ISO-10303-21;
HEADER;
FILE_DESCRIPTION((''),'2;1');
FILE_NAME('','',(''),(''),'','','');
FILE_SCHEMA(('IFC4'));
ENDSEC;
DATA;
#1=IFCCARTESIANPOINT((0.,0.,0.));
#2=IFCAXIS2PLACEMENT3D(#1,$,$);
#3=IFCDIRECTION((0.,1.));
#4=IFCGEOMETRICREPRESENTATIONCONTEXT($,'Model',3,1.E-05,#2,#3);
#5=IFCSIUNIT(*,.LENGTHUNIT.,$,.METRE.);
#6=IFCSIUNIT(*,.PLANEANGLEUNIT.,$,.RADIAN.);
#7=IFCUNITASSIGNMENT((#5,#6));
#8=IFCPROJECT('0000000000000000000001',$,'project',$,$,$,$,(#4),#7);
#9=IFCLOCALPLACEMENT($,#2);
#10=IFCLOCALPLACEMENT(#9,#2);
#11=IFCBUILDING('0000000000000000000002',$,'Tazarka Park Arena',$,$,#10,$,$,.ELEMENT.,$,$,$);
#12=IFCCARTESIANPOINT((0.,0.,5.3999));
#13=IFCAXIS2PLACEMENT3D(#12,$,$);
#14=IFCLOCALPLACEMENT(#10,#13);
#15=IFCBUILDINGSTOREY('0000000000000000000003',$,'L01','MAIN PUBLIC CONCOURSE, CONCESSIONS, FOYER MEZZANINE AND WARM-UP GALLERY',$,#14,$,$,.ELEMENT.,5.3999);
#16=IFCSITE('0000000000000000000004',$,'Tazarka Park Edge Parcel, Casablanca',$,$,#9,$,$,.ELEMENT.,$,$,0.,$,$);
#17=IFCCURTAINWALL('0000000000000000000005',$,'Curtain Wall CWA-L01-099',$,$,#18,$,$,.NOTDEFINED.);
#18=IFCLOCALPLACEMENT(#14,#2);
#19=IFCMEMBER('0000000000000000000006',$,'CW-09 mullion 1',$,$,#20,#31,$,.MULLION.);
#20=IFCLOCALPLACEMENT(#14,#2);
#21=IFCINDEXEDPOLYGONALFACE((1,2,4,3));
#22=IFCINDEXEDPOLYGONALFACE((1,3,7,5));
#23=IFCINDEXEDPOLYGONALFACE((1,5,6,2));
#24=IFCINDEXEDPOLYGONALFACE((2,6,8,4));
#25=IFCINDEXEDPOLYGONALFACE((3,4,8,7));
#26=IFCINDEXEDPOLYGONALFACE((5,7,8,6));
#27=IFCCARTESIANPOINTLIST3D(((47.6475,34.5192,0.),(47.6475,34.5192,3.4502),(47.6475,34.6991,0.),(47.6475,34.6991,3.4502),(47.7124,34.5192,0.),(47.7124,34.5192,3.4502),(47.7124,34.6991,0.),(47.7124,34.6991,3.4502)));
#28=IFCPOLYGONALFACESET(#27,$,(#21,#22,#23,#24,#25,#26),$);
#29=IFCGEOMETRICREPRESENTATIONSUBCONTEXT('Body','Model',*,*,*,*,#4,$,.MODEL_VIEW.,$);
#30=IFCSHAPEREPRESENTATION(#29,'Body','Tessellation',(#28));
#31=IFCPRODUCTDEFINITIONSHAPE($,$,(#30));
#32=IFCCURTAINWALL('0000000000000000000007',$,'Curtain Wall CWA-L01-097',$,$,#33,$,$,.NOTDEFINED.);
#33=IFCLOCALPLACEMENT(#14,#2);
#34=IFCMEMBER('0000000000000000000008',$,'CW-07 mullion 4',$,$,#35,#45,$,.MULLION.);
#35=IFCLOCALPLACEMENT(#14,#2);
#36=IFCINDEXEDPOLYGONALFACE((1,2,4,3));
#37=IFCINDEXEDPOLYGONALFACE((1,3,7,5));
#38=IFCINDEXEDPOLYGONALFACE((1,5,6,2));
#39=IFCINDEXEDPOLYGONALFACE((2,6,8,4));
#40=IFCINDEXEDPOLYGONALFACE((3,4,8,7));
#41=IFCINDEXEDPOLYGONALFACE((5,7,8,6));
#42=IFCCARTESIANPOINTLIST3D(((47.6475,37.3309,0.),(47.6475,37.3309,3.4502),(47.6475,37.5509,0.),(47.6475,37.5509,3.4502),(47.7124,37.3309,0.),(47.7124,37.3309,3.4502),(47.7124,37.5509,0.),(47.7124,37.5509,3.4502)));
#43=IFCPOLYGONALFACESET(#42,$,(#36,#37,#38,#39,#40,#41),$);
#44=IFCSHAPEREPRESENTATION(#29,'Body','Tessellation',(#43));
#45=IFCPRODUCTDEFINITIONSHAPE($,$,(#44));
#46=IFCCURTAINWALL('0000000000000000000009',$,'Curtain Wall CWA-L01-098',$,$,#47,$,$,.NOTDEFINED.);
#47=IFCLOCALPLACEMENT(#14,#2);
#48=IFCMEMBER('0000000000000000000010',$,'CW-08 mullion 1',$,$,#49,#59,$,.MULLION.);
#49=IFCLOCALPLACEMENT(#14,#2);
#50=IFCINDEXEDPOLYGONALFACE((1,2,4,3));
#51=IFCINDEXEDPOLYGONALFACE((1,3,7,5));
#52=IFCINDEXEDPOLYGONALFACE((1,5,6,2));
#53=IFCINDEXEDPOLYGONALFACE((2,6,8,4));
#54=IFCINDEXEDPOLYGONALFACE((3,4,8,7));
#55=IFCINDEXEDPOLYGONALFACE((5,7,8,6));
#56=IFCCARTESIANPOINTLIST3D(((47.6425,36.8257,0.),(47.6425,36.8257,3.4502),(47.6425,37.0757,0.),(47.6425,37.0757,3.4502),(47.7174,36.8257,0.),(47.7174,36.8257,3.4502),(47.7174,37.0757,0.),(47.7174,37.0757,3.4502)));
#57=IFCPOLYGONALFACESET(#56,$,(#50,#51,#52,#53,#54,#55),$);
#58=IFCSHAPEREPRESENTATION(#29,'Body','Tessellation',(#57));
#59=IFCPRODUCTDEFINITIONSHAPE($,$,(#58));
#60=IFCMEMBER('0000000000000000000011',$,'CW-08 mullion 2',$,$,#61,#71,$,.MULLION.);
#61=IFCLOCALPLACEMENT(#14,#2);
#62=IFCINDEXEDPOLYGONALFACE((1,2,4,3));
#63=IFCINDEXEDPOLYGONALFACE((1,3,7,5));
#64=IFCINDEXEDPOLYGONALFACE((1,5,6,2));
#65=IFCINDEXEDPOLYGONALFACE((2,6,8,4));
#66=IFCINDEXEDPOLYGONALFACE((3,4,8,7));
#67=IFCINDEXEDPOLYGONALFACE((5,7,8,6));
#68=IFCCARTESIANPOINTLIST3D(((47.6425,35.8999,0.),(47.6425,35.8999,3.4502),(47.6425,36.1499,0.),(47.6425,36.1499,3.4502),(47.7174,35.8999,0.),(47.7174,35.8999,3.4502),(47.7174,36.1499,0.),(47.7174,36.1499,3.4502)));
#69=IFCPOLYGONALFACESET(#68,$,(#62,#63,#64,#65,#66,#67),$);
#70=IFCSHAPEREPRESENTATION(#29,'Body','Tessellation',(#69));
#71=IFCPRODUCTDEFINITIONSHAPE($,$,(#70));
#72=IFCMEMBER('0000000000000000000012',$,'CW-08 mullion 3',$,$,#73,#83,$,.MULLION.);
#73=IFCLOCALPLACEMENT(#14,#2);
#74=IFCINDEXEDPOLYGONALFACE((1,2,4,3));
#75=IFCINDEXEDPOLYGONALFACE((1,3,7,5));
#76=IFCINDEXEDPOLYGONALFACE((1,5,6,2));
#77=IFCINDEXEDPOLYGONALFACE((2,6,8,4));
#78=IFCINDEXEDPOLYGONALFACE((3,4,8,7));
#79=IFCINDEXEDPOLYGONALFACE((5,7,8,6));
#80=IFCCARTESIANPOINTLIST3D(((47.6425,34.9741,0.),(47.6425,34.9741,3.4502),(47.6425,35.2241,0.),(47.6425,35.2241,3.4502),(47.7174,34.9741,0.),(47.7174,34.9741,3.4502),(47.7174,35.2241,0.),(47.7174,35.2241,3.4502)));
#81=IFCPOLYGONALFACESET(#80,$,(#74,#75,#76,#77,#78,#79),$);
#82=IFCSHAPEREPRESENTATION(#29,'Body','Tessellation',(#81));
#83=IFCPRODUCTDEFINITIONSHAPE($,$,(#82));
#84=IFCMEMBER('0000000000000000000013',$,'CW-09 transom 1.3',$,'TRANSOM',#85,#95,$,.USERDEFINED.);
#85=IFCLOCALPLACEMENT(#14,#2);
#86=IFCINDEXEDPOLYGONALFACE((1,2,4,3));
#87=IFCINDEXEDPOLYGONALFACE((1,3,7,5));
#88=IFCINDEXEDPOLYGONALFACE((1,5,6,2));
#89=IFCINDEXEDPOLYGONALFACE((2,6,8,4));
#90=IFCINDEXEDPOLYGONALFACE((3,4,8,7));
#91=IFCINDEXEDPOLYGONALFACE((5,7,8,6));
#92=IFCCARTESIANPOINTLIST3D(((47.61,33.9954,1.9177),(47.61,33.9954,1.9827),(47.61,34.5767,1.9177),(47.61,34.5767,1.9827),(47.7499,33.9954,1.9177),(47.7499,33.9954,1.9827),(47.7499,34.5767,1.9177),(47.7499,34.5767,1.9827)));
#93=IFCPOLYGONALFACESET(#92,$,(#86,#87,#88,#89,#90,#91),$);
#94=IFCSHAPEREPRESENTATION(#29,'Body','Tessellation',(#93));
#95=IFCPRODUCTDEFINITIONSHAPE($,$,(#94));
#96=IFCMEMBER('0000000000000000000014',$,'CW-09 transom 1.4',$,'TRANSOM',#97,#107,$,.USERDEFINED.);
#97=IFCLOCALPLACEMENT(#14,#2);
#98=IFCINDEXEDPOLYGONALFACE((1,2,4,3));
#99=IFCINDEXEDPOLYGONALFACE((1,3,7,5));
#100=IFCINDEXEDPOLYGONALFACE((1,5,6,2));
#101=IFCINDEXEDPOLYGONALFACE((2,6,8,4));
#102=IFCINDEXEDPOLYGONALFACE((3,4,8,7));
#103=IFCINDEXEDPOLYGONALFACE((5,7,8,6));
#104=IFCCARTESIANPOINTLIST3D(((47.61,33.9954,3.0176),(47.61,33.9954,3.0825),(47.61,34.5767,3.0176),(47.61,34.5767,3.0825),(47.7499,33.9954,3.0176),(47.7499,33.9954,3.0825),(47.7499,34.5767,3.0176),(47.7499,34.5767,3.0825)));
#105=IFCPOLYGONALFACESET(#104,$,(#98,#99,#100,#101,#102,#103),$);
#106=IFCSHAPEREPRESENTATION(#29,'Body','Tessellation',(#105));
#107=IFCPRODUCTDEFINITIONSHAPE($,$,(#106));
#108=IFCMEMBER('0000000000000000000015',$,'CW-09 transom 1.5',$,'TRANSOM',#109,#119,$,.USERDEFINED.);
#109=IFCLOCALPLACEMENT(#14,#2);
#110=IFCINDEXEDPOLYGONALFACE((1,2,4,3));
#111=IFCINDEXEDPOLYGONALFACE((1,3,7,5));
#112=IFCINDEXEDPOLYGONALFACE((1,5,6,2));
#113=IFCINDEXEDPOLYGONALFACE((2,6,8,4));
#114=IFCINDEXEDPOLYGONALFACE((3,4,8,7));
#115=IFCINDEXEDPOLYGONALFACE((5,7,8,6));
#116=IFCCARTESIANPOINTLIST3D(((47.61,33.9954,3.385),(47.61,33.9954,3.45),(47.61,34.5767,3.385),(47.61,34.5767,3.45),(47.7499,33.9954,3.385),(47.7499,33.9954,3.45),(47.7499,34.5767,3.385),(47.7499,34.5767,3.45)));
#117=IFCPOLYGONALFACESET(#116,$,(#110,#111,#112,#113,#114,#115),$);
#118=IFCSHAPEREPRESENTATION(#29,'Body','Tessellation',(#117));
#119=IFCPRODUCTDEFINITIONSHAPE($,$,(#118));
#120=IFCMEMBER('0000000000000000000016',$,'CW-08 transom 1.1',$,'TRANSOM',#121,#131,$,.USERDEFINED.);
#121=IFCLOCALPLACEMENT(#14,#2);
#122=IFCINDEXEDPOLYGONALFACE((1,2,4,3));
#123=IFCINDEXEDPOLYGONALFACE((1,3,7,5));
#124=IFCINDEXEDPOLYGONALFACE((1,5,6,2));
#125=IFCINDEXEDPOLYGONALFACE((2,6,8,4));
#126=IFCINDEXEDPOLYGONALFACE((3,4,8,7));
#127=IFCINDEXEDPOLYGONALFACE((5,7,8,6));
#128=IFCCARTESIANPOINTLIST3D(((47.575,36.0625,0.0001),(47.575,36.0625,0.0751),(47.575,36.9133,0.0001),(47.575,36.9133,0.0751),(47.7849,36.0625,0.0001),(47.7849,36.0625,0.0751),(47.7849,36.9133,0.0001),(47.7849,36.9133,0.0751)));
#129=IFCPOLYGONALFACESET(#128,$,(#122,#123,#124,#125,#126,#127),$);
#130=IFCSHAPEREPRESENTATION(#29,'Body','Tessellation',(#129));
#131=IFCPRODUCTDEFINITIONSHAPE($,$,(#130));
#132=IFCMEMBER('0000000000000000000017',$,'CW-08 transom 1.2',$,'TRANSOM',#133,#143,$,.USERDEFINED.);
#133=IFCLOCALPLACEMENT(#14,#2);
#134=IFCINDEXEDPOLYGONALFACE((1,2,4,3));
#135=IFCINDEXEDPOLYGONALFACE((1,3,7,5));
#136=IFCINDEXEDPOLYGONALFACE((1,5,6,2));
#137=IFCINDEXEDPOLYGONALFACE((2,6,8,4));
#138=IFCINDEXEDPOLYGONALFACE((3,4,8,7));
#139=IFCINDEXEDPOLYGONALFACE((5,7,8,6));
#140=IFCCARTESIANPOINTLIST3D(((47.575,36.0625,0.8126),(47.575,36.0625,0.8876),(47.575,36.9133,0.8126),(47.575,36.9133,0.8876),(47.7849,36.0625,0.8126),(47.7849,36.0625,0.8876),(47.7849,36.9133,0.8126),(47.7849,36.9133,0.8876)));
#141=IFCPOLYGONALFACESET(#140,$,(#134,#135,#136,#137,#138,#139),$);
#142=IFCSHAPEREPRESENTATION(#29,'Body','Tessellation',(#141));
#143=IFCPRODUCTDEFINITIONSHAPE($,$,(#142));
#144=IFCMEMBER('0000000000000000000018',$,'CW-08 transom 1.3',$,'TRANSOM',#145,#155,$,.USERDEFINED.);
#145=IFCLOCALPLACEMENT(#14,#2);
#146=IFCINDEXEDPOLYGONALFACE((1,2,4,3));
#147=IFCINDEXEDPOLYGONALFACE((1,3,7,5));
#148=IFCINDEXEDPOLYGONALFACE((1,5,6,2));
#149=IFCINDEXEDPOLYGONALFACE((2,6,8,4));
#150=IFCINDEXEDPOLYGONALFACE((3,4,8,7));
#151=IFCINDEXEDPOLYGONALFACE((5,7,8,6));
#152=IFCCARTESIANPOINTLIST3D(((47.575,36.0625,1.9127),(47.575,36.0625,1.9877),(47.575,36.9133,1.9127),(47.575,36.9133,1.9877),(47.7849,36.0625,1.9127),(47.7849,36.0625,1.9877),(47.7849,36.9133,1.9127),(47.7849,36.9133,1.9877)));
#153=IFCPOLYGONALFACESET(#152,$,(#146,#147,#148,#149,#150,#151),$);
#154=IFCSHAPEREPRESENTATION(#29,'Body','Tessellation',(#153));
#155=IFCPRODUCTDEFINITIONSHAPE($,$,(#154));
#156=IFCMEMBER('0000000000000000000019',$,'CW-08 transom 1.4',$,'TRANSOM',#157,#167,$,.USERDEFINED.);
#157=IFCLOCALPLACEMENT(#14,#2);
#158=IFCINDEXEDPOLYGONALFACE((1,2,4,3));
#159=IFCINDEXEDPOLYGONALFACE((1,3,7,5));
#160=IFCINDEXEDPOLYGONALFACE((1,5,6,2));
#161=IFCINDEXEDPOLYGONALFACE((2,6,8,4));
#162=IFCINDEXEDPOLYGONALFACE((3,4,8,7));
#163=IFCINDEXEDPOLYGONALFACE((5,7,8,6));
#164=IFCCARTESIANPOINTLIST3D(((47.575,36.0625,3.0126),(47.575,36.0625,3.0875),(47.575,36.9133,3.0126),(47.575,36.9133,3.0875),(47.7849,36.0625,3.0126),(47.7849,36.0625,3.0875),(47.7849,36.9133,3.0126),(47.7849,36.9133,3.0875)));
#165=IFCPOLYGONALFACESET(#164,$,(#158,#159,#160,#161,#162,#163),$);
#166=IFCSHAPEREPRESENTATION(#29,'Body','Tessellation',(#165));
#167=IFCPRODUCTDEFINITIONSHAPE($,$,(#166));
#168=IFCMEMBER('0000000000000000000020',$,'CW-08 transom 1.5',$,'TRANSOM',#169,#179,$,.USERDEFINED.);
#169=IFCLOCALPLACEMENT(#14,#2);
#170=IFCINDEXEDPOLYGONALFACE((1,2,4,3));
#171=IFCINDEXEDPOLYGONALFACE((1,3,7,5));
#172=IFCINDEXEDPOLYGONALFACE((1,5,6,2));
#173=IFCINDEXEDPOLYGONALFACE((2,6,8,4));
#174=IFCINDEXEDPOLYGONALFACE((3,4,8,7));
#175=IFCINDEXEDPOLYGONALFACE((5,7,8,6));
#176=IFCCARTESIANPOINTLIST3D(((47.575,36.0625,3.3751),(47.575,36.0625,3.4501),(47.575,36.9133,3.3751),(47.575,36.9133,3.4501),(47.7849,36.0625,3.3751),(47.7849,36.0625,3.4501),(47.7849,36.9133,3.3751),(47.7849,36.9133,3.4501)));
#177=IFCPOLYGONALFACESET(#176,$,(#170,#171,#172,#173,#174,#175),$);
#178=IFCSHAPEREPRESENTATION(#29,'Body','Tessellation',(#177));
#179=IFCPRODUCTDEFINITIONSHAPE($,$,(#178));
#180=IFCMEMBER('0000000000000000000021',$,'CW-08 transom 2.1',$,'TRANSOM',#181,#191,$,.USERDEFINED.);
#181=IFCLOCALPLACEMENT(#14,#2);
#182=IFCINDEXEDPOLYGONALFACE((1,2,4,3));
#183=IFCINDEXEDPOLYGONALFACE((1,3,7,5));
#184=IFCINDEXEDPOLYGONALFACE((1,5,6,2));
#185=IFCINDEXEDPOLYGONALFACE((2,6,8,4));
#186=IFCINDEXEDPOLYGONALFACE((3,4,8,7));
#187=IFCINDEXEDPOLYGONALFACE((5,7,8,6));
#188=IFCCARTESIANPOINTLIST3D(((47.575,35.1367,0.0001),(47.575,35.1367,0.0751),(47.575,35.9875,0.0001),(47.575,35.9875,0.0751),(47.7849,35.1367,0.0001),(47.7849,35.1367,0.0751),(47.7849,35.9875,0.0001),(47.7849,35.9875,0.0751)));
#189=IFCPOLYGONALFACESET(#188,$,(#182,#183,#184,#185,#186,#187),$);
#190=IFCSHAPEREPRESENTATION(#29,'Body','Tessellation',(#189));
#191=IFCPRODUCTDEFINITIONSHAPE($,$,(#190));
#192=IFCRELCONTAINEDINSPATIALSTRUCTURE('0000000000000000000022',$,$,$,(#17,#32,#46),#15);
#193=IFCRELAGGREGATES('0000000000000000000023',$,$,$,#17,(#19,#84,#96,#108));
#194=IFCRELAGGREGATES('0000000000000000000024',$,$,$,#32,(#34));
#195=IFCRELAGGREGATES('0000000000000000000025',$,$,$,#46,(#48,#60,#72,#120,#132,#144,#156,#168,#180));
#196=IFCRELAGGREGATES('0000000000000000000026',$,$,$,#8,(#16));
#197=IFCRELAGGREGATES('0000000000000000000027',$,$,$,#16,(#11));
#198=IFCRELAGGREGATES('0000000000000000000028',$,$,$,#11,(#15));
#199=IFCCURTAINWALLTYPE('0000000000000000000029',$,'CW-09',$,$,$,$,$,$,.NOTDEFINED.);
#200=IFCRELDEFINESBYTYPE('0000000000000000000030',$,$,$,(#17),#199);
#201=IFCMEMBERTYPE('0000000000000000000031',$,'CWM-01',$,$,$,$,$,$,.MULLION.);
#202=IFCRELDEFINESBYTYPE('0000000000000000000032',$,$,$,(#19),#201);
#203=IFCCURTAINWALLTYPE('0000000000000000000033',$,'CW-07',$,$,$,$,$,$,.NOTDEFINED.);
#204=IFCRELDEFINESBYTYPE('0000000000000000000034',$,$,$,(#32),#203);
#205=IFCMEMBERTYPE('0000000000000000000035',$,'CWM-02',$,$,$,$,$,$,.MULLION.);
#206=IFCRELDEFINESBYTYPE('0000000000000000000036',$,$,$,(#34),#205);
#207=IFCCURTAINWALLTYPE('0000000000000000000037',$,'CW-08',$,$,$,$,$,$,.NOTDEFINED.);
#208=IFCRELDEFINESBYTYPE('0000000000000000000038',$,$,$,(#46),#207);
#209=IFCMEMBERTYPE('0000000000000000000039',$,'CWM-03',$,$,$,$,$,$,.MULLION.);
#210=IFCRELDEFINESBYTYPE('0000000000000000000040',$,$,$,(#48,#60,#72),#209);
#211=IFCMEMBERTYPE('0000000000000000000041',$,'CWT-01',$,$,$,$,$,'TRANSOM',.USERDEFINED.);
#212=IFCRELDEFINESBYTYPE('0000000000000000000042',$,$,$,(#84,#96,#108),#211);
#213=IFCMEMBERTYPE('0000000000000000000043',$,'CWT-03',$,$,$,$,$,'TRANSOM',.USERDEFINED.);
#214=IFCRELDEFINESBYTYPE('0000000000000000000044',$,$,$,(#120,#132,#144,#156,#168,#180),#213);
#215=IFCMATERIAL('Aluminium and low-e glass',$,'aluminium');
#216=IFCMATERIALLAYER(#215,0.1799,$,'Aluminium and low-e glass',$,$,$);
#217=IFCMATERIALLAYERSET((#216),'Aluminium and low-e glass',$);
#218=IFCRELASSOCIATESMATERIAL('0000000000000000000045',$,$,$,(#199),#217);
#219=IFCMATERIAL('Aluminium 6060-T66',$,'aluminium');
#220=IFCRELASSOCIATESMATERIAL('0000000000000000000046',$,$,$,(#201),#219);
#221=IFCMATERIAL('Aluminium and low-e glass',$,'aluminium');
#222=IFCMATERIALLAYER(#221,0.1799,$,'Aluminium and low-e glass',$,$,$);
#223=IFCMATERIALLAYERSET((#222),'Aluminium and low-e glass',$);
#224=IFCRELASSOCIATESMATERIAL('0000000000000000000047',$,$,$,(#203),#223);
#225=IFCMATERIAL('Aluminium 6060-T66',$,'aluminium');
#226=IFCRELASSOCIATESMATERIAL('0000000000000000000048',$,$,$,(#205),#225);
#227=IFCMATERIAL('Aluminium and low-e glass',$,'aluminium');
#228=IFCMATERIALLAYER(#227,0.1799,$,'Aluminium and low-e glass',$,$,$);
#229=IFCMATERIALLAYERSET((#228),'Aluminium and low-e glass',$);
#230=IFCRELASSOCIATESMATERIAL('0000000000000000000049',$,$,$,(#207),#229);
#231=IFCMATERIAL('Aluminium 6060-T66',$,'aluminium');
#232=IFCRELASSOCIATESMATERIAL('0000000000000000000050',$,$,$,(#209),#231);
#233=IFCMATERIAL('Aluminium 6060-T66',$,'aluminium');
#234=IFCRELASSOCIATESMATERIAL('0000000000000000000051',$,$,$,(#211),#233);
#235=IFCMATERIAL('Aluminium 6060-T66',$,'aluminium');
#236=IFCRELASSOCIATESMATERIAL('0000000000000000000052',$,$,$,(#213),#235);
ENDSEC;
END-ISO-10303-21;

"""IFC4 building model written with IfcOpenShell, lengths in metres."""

from ifc_helpers import new_model, si_unit, direction, frame, origin, origin_2d, place, context, subcontext, project, spatial, rectangle, extrude, material, layer, layer_set, material_profile, profile_set, type_object, element, aggregate, save


model = new_model("IFC4")

# Units and contexts
model_context = context("Model", 3, precision=1e-05, world=origin(), true_north=direction((0.0, 1.0)))
body_context = subcontext(model_context, "Body", "Model", "MODEL_VIEW")
ifc_project = project(units=[si_unit("LENGTHUNIT", "METRE"), si_unit("PLANEANGLEUNIT", "RADIAN")], contexts=[model_context])

# Site, building, storey
site_placement = place(None, origin())
site = spatial("IfcSite", under=ifc_project, at=site_placement, Name="Tazarka Park Edge Parcel, Casablanca", CompositionType="ELEMENT", RefElevation=0.0)
building_placement = place(site_placement, origin())
building = spatial("IfcBuilding", under=site, at=building_placement, Name="Tazarka Park Arena", CompositionType="ELEMENT")
storey_placement = place(building_placement, frame((0.0, 0.0, 5.3999)))
storey = spatial("IfcBuildingStorey", under=building, at=storey_placement, Name="L01", Description="MAIN PUBLIC CONCOURSE, CONCESSIONS, FOYER MEZZANINE AND WARM-UP GALLERY", CompositionType="ELEMENT", Elevation=5.3999)

# Curtain walls, members
ifc_material_1 = material(Name="Aluminium and low-e glass", Category="aluminium")
ifc_layer_1 = layer(ifc_material_1, 0.1799, Name="Aluminium and low-e glass")
ifc_layer_set_1 = layer_set([ifc_layer_1], Name="Aluminium and low-e glass")
curtain_wall_type_1 = type_object("IfcCurtainWallType", Name="CW-09", PredefinedType="NOTDEFINED", material=ifc_layer_set_1)
curtain_wall_1_placement = place(storey_placement, origin())
curtain_wall_1 = element("IfcCurtainWall", 1, at=curtain_wall_1_placement, inside=storey, type_object=curtain_wall_type_1, Name="Curtain Wall CWA-L01-099", PredefinedType="NOTDEFINED")
ifc_material_2 = material(Name="Aluminium 6060-T66", Category="aluminium")
ifc_material_profile_1 = material_profile(ifc_material_2, rectangle(XDim=0.0649, YDim=0.1799, at=origin_2d()), Name="Aluminium 6060-T66")
ifc_profile_set_1 = profile_set([ifc_material_profile_1], Name="Aluminium 6060-T66")
member_type_1 = type_object("IfcMemberType", Name="CWM-01", PredefinedType="MULLION", material=ifc_profile_set_1)
member_1_placement = place(storey_placement, frame((47.6799, 34.6091, 0.0), z_axis=(0.0, 0.0, 1.0), x_axis=(1.0, 0.0, 0.0)))
member_1 = element("IfcMember", 2, at=member_1_placement, type_object=member_type_1, Name="CW-09 mullion 1", PredefinedType="MULLION", context=body_context, shape_type="SweptSolid", body=[
    extrude(rectangle(XDim=0.0649, YDim=0.1799, at=origin_2d()), origin(), (0.0, 0.0, 1.0), 3.4502),
])
ifc_material_3 = material(Name="Aluminium and low-e glass", Category="aluminium")
ifc_layer_2 = layer(ifc_material_3, 0.1799, Name="Aluminium and low-e glass")
ifc_layer_set_2 = layer_set([ifc_layer_2], Name="Aluminium and low-e glass")
curtain_wall_type_2 = type_object("IfcCurtainWallType", Name="CW-07", PredefinedType="NOTDEFINED", material=ifc_layer_set_2)
curtain_wall_2_placement = place(storey_placement, origin())
curtain_wall_2 = element("IfcCurtainWall", 3, at=curtain_wall_2_placement, inside=storey, type_object=curtain_wall_type_2, Name="Curtain Wall CWA-L01-097", PredefinedType="NOTDEFINED")
ifc_material_4 = material(Name="Aluminium 6060-T66", Category="aluminium")
ifc_material_profile_2 = material_profile(ifc_material_4, rectangle(XDim=0.0649, YDim=0.22, at=origin_2d()), Name="Aluminium 6060-T66")
ifc_profile_set_2 = profile_set([ifc_material_profile_2], Name="Aluminium 6060-T66")
member_type_2 = type_object("IfcMemberType", Name="CWM-02", PredefinedType="MULLION", material=ifc_profile_set_2)
member_2_placement = place(storey_placement, frame((47.6799, 37.4409, 0.0), z_axis=(0.0, 0.0, 1.0), x_axis=(1.0, 0.0, 0.0)))
member_2 = element("IfcMember", 4, at=member_2_placement, type_object=member_type_2, Name="CW-07 mullion 4", PredefinedType="MULLION", context=body_context, shape_type="SweptSolid", body=[
    extrude(rectangle(XDim=0.0649, YDim=0.22, at=origin_2d()), origin(), (0.0, 0.0, 1.0), 3.4502),
])

# Curtain wall, members
ifc_material_5 = material(Name="Aluminium and low-e glass", Category="aluminium")
ifc_layer_3 = layer(ifc_material_5, 0.1799, Name="Aluminium and low-e glass")
ifc_layer_set_3 = layer_set([ifc_layer_3], Name="Aluminium and low-e glass")
curtain_wall_type_3 = type_object("IfcCurtainWallType", Name="CW-08", PredefinedType="NOTDEFINED", material=ifc_layer_set_3)
curtain_wall_3_placement = place(storey_placement, origin())
curtain_wall_3 = element("IfcCurtainWall", 5, at=curtain_wall_3_placement, inside=storey, type_object=curtain_wall_type_3, Name="Curtain Wall CWA-L01-098", PredefinedType="NOTDEFINED")
ifc_material_6 = material(Name="Aluminium 6060-T66", Category="aluminium")
ifc_material_profile_3 = material_profile(ifc_material_6, rectangle(XDim=0.075, YDim=0.25, at=origin_2d()), Name="Aluminium 6060-T66")
ifc_profile_set_3 = profile_set([ifc_material_profile_3], Name="Aluminium 6060-T66")
member_type_3 = type_object("IfcMemberType", Name="CWM-03", PredefinedType="MULLION", material=ifc_profile_set_3)
member_3_placement = place(storey_placement, frame((47.6799, 36.9507, 0.0), z_axis=(0.0, 0.0, 1.0), x_axis=(1.0, 0.0, 0.0)))
member_3 = element("IfcMember", 6, at=member_3_placement, type_object=member_type_3, Name="CW-08 mullion 1", PredefinedType="MULLION", context=body_context, shape_type="SweptSolid", body=[
    extrude(rectangle(XDim=0.075, YDim=0.25, at=origin_2d()), origin(), (0.0, 0.0, 1.0), 3.4502),
])
member_4_placement = place(storey_placement, frame((47.6799, 36.0249, 0.0), z_axis=(0.0, 0.0, 1.0), x_axis=(1.0, 0.0, 0.0)))
member_4 = element("IfcMember", 7, at=member_4_placement, type_object=member_type_3, Name="CW-08 mullion 2", PredefinedType="MULLION", context=body_context, shape_type="SweptSolid", body=[
    extrude(rectangle(XDim=0.075, YDim=0.25, at=origin_2d()), origin(), (0.0, 0.0, 1.0), 3.4502),
])
member_5_placement = place(storey_placement, frame((47.6799, 35.0991, 0.0), z_axis=(0.0, 0.0, 1.0), x_axis=(1.0, 0.0, 0.0)))
member_5 = element("IfcMember", 8, at=member_5_placement, type_object=member_type_3, Name="CW-08 mullion 3", PredefinedType="MULLION", context=body_context, shape_type="SweptSolid", body=[
    extrude(rectangle(XDim=0.075, YDim=0.25, at=origin_2d()), origin(), (0.0, 0.0, 1.0), 3.4502),
])

# Members
ifc_material_7 = material(Name="Aluminium 6060-T66", Category="aluminium")
ifc_material_profile_4 = material_profile(ifc_material_7, rectangle(XDim=0.1399, YDim=0.0649, at=origin_2d()), Name="Aluminium 6060-T66")
ifc_profile_set_4 = profile_set([ifc_material_profile_4], Name="Aluminium 6060-T66")
member_type_4 = type_object("IfcMemberType", Name="CWT-01", ElementType="TRANSOM", PredefinedType="USERDEFINED", material=ifc_profile_set_4)
member_6_placement = place(storey_placement, frame((47.6799, 34.5767, 1.9502), z_axis=(0.0, -1.0, 0.0), x_axis=(1.0, 0.0, 0.0)))
member_6 = element("IfcMember", 9, at=member_6_placement, type_object=member_type_4, Name="CW-09 transom 1.3", ObjectType="TRANSOM", PredefinedType="USERDEFINED", context=body_context, shape_type="SweptSolid", body=[
    extrude(rectangle(XDim=0.1399, YDim=0.0649, at=origin_2d()), origin(), (0.0, 0.0, 1.0), 0.5813),
])
member_7_placement = place(storey_placement, frame((47.6799, 34.5767, 3.05), z_axis=(0.0, -1.0, 0.0), x_axis=(1.0, 0.0, 0.0)))
member_7 = element("IfcMember", 10, at=member_7_placement, type_object=member_type_4, Name="CW-09 transom 1.4", ObjectType="TRANSOM", PredefinedType="USERDEFINED", context=body_context, shape_type="SweptSolid", body=[
    extrude(rectangle(XDim=0.1399, YDim=0.0649, at=origin_2d()), origin(), (0.0, 0.0, 1.0), 0.5813),
])
member_8_placement = place(storey_placement, frame((47.6799, 34.5767, 3.4175), z_axis=(0.0, -1.0, 0.0), x_axis=(1.0, 0.0, 0.0)))
member_8 = element("IfcMember", 11, at=member_8_placement, type_object=member_type_4, Name="CW-09 transom 1.5", ObjectType="TRANSOM", PredefinedType="USERDEFINED", context=body_context, shape_type="SweptSolid", body=[
    extrude(rectangle(XDim=0.1399, YDim=0.0649, at=origin_2d()), origin(), (0.0, 0.0, 1.0), 0.5813),
])
aggregate(curtain_wall_1, [member_1, member_6, member_7, member_8])
ifc_material_8 = material(Name="Aluminium 6060-T66", Category="aluminium")
ifc_material_profile_5 = material_profile(ifc_material_8, rectangle(XDim=0.21, YDim=0.075, at=origin_2d()), Name="Aluminium 6060-T66")
ifc_profile_set_5 = profile_set([ifc_material_profile_5], Name="Aluminium 6060-T66")
member_type_5 = type_object("IfcMemberType", Name="CWT-03", ElementType="TRANSOM", PredefinedType="USERDEFINED", material=ifc_profile_set_5)
member_9_placement = place(storey_placement, frame((47.6799, 36.9133, 0.0376), z_axis=(0.0, -1.0, 0.0), x_axis=(1.0, 0.0, 0.0)))
member_9 = element("IfcMember", 12, at=member_9_placement, type_object=member_type_5, Name="CW-08 transom 1.1", ObjectType="TRANSOM", PredefinedType="USERDEFINED", context=body_context, shape_type="SweptSolid", body=[
    extrude(rectangle(XDim=0.21, YDim=0.075, at=origin_2d()), origin(), (0.0, 0.0, 1.0), 0.8508),
])
member_10_placement = place(storey_placement, frame((47.6799, 36.9133, 0.8501), z_axis=(0.0, -1.0, 0.0), x_axis=(1.0, 0.0, 0.0)))
member_10 = element("IfcMember", 13, at=member_10_placement, type_object=member_type_5, Name="CW-08 transom 1.2", ObjectType="TRANSOM", PredefinedType="USERDEFINED", context=body_context, shape_type="SweptSolid", body=[
    extrude(rectangle(XDim=0.21, YDim=0.075, at=origin_2d()), origin(), (0.0, 0.0, 1.0), 0.8508),
])
member_11_placement = place(storey_placement, frame((47.6799, 36.9133, 1.9502), z_axis=(0.0, -1.0, 0.0), x_axis=(1.0, 0.0, 0.0)))
member_11 = element("IfcMember", 14, at=member_11_placement, type_object=member_type_5, Name="CW-08 transom 1.3", ObjectType="TRANSOM", PredefinedType="USERDEFINED", context=body_context, shape_type="SweptSolid", body=[
    extrude(rectangle(XDim=0.21, YDim=0.075, at=origin_2d()), origin(), (0.0, 0.0, 1.0), 0.8508),
])
member_12_placement = place(storey_placement, frame((47.6799, 36.9133, 3.05), z_axis=(0.0, -1.0, 0.0), x_axis=(1.0, 0.0, 0.0)))
member_12 = element("IfcMember", 15, at=member_12_placement, type_object=member_type_5, Name="CW-08 transom 1.4", ObjectType="TRANSOM", PredefinedType="USERDEFINED", context=body_context, shape_type="SweptSolid", body=[
    extrude(rectangle(XDim=0.21, YDim=0.075, at=origin_2d()), origin(), (0.0, 0.0, 1.0), 0.8508),
])
member_13_placement = place(storey_placement, frame((47.6799, 36.9133, 3.4126), z_axis=(0.0, -1.0, 0.0), x_axis=(1.0, 0.0, 0.0)))
member_13 = element("IfcMember", 16, at=member_13_placement, type_object=member_type_5, Name="CW-08 transom 1.5", ObjectType="TRANSOM", PredefinedType="USERDEFINED", context=body_context, shape_type="SweptSolid", body=[
    extrude(rectangle(XDim=0.21, YDim=0.075, at=origin_2d()), origin(), (0.0, 0.0, 1.0), 0.8508),
])
member_14_placement = place(storey_placement, frame((47.6799, 35.9875, 0.0376), z_axis=(0.0, -1.0, 0.0), x_axis=(1.0, 0.0, 0.0)))
member_14 = element("IfcMember", 17, at=member_14_placement, type_object=member_type_5, Name="CW-08 transom 2.1", ObjectType="TRANSOM", PredefinedType="USERDEFINED", context=body_context, shape_type="SweptSolid", body=[
    extrude(rectangle(XDim=0.21, YDim=0.075, at=origin_2d()), origin(), (0.0, 0.0, 1.0), 0.8508),
])

aggregate(curtain_wall_2, [member_2])
aggregate(curtain_wall_3, [member_3, member_4, member_5, member_9, member_10, member_11, member_12, member_13, member_14])

save(model, "model.ifc")
